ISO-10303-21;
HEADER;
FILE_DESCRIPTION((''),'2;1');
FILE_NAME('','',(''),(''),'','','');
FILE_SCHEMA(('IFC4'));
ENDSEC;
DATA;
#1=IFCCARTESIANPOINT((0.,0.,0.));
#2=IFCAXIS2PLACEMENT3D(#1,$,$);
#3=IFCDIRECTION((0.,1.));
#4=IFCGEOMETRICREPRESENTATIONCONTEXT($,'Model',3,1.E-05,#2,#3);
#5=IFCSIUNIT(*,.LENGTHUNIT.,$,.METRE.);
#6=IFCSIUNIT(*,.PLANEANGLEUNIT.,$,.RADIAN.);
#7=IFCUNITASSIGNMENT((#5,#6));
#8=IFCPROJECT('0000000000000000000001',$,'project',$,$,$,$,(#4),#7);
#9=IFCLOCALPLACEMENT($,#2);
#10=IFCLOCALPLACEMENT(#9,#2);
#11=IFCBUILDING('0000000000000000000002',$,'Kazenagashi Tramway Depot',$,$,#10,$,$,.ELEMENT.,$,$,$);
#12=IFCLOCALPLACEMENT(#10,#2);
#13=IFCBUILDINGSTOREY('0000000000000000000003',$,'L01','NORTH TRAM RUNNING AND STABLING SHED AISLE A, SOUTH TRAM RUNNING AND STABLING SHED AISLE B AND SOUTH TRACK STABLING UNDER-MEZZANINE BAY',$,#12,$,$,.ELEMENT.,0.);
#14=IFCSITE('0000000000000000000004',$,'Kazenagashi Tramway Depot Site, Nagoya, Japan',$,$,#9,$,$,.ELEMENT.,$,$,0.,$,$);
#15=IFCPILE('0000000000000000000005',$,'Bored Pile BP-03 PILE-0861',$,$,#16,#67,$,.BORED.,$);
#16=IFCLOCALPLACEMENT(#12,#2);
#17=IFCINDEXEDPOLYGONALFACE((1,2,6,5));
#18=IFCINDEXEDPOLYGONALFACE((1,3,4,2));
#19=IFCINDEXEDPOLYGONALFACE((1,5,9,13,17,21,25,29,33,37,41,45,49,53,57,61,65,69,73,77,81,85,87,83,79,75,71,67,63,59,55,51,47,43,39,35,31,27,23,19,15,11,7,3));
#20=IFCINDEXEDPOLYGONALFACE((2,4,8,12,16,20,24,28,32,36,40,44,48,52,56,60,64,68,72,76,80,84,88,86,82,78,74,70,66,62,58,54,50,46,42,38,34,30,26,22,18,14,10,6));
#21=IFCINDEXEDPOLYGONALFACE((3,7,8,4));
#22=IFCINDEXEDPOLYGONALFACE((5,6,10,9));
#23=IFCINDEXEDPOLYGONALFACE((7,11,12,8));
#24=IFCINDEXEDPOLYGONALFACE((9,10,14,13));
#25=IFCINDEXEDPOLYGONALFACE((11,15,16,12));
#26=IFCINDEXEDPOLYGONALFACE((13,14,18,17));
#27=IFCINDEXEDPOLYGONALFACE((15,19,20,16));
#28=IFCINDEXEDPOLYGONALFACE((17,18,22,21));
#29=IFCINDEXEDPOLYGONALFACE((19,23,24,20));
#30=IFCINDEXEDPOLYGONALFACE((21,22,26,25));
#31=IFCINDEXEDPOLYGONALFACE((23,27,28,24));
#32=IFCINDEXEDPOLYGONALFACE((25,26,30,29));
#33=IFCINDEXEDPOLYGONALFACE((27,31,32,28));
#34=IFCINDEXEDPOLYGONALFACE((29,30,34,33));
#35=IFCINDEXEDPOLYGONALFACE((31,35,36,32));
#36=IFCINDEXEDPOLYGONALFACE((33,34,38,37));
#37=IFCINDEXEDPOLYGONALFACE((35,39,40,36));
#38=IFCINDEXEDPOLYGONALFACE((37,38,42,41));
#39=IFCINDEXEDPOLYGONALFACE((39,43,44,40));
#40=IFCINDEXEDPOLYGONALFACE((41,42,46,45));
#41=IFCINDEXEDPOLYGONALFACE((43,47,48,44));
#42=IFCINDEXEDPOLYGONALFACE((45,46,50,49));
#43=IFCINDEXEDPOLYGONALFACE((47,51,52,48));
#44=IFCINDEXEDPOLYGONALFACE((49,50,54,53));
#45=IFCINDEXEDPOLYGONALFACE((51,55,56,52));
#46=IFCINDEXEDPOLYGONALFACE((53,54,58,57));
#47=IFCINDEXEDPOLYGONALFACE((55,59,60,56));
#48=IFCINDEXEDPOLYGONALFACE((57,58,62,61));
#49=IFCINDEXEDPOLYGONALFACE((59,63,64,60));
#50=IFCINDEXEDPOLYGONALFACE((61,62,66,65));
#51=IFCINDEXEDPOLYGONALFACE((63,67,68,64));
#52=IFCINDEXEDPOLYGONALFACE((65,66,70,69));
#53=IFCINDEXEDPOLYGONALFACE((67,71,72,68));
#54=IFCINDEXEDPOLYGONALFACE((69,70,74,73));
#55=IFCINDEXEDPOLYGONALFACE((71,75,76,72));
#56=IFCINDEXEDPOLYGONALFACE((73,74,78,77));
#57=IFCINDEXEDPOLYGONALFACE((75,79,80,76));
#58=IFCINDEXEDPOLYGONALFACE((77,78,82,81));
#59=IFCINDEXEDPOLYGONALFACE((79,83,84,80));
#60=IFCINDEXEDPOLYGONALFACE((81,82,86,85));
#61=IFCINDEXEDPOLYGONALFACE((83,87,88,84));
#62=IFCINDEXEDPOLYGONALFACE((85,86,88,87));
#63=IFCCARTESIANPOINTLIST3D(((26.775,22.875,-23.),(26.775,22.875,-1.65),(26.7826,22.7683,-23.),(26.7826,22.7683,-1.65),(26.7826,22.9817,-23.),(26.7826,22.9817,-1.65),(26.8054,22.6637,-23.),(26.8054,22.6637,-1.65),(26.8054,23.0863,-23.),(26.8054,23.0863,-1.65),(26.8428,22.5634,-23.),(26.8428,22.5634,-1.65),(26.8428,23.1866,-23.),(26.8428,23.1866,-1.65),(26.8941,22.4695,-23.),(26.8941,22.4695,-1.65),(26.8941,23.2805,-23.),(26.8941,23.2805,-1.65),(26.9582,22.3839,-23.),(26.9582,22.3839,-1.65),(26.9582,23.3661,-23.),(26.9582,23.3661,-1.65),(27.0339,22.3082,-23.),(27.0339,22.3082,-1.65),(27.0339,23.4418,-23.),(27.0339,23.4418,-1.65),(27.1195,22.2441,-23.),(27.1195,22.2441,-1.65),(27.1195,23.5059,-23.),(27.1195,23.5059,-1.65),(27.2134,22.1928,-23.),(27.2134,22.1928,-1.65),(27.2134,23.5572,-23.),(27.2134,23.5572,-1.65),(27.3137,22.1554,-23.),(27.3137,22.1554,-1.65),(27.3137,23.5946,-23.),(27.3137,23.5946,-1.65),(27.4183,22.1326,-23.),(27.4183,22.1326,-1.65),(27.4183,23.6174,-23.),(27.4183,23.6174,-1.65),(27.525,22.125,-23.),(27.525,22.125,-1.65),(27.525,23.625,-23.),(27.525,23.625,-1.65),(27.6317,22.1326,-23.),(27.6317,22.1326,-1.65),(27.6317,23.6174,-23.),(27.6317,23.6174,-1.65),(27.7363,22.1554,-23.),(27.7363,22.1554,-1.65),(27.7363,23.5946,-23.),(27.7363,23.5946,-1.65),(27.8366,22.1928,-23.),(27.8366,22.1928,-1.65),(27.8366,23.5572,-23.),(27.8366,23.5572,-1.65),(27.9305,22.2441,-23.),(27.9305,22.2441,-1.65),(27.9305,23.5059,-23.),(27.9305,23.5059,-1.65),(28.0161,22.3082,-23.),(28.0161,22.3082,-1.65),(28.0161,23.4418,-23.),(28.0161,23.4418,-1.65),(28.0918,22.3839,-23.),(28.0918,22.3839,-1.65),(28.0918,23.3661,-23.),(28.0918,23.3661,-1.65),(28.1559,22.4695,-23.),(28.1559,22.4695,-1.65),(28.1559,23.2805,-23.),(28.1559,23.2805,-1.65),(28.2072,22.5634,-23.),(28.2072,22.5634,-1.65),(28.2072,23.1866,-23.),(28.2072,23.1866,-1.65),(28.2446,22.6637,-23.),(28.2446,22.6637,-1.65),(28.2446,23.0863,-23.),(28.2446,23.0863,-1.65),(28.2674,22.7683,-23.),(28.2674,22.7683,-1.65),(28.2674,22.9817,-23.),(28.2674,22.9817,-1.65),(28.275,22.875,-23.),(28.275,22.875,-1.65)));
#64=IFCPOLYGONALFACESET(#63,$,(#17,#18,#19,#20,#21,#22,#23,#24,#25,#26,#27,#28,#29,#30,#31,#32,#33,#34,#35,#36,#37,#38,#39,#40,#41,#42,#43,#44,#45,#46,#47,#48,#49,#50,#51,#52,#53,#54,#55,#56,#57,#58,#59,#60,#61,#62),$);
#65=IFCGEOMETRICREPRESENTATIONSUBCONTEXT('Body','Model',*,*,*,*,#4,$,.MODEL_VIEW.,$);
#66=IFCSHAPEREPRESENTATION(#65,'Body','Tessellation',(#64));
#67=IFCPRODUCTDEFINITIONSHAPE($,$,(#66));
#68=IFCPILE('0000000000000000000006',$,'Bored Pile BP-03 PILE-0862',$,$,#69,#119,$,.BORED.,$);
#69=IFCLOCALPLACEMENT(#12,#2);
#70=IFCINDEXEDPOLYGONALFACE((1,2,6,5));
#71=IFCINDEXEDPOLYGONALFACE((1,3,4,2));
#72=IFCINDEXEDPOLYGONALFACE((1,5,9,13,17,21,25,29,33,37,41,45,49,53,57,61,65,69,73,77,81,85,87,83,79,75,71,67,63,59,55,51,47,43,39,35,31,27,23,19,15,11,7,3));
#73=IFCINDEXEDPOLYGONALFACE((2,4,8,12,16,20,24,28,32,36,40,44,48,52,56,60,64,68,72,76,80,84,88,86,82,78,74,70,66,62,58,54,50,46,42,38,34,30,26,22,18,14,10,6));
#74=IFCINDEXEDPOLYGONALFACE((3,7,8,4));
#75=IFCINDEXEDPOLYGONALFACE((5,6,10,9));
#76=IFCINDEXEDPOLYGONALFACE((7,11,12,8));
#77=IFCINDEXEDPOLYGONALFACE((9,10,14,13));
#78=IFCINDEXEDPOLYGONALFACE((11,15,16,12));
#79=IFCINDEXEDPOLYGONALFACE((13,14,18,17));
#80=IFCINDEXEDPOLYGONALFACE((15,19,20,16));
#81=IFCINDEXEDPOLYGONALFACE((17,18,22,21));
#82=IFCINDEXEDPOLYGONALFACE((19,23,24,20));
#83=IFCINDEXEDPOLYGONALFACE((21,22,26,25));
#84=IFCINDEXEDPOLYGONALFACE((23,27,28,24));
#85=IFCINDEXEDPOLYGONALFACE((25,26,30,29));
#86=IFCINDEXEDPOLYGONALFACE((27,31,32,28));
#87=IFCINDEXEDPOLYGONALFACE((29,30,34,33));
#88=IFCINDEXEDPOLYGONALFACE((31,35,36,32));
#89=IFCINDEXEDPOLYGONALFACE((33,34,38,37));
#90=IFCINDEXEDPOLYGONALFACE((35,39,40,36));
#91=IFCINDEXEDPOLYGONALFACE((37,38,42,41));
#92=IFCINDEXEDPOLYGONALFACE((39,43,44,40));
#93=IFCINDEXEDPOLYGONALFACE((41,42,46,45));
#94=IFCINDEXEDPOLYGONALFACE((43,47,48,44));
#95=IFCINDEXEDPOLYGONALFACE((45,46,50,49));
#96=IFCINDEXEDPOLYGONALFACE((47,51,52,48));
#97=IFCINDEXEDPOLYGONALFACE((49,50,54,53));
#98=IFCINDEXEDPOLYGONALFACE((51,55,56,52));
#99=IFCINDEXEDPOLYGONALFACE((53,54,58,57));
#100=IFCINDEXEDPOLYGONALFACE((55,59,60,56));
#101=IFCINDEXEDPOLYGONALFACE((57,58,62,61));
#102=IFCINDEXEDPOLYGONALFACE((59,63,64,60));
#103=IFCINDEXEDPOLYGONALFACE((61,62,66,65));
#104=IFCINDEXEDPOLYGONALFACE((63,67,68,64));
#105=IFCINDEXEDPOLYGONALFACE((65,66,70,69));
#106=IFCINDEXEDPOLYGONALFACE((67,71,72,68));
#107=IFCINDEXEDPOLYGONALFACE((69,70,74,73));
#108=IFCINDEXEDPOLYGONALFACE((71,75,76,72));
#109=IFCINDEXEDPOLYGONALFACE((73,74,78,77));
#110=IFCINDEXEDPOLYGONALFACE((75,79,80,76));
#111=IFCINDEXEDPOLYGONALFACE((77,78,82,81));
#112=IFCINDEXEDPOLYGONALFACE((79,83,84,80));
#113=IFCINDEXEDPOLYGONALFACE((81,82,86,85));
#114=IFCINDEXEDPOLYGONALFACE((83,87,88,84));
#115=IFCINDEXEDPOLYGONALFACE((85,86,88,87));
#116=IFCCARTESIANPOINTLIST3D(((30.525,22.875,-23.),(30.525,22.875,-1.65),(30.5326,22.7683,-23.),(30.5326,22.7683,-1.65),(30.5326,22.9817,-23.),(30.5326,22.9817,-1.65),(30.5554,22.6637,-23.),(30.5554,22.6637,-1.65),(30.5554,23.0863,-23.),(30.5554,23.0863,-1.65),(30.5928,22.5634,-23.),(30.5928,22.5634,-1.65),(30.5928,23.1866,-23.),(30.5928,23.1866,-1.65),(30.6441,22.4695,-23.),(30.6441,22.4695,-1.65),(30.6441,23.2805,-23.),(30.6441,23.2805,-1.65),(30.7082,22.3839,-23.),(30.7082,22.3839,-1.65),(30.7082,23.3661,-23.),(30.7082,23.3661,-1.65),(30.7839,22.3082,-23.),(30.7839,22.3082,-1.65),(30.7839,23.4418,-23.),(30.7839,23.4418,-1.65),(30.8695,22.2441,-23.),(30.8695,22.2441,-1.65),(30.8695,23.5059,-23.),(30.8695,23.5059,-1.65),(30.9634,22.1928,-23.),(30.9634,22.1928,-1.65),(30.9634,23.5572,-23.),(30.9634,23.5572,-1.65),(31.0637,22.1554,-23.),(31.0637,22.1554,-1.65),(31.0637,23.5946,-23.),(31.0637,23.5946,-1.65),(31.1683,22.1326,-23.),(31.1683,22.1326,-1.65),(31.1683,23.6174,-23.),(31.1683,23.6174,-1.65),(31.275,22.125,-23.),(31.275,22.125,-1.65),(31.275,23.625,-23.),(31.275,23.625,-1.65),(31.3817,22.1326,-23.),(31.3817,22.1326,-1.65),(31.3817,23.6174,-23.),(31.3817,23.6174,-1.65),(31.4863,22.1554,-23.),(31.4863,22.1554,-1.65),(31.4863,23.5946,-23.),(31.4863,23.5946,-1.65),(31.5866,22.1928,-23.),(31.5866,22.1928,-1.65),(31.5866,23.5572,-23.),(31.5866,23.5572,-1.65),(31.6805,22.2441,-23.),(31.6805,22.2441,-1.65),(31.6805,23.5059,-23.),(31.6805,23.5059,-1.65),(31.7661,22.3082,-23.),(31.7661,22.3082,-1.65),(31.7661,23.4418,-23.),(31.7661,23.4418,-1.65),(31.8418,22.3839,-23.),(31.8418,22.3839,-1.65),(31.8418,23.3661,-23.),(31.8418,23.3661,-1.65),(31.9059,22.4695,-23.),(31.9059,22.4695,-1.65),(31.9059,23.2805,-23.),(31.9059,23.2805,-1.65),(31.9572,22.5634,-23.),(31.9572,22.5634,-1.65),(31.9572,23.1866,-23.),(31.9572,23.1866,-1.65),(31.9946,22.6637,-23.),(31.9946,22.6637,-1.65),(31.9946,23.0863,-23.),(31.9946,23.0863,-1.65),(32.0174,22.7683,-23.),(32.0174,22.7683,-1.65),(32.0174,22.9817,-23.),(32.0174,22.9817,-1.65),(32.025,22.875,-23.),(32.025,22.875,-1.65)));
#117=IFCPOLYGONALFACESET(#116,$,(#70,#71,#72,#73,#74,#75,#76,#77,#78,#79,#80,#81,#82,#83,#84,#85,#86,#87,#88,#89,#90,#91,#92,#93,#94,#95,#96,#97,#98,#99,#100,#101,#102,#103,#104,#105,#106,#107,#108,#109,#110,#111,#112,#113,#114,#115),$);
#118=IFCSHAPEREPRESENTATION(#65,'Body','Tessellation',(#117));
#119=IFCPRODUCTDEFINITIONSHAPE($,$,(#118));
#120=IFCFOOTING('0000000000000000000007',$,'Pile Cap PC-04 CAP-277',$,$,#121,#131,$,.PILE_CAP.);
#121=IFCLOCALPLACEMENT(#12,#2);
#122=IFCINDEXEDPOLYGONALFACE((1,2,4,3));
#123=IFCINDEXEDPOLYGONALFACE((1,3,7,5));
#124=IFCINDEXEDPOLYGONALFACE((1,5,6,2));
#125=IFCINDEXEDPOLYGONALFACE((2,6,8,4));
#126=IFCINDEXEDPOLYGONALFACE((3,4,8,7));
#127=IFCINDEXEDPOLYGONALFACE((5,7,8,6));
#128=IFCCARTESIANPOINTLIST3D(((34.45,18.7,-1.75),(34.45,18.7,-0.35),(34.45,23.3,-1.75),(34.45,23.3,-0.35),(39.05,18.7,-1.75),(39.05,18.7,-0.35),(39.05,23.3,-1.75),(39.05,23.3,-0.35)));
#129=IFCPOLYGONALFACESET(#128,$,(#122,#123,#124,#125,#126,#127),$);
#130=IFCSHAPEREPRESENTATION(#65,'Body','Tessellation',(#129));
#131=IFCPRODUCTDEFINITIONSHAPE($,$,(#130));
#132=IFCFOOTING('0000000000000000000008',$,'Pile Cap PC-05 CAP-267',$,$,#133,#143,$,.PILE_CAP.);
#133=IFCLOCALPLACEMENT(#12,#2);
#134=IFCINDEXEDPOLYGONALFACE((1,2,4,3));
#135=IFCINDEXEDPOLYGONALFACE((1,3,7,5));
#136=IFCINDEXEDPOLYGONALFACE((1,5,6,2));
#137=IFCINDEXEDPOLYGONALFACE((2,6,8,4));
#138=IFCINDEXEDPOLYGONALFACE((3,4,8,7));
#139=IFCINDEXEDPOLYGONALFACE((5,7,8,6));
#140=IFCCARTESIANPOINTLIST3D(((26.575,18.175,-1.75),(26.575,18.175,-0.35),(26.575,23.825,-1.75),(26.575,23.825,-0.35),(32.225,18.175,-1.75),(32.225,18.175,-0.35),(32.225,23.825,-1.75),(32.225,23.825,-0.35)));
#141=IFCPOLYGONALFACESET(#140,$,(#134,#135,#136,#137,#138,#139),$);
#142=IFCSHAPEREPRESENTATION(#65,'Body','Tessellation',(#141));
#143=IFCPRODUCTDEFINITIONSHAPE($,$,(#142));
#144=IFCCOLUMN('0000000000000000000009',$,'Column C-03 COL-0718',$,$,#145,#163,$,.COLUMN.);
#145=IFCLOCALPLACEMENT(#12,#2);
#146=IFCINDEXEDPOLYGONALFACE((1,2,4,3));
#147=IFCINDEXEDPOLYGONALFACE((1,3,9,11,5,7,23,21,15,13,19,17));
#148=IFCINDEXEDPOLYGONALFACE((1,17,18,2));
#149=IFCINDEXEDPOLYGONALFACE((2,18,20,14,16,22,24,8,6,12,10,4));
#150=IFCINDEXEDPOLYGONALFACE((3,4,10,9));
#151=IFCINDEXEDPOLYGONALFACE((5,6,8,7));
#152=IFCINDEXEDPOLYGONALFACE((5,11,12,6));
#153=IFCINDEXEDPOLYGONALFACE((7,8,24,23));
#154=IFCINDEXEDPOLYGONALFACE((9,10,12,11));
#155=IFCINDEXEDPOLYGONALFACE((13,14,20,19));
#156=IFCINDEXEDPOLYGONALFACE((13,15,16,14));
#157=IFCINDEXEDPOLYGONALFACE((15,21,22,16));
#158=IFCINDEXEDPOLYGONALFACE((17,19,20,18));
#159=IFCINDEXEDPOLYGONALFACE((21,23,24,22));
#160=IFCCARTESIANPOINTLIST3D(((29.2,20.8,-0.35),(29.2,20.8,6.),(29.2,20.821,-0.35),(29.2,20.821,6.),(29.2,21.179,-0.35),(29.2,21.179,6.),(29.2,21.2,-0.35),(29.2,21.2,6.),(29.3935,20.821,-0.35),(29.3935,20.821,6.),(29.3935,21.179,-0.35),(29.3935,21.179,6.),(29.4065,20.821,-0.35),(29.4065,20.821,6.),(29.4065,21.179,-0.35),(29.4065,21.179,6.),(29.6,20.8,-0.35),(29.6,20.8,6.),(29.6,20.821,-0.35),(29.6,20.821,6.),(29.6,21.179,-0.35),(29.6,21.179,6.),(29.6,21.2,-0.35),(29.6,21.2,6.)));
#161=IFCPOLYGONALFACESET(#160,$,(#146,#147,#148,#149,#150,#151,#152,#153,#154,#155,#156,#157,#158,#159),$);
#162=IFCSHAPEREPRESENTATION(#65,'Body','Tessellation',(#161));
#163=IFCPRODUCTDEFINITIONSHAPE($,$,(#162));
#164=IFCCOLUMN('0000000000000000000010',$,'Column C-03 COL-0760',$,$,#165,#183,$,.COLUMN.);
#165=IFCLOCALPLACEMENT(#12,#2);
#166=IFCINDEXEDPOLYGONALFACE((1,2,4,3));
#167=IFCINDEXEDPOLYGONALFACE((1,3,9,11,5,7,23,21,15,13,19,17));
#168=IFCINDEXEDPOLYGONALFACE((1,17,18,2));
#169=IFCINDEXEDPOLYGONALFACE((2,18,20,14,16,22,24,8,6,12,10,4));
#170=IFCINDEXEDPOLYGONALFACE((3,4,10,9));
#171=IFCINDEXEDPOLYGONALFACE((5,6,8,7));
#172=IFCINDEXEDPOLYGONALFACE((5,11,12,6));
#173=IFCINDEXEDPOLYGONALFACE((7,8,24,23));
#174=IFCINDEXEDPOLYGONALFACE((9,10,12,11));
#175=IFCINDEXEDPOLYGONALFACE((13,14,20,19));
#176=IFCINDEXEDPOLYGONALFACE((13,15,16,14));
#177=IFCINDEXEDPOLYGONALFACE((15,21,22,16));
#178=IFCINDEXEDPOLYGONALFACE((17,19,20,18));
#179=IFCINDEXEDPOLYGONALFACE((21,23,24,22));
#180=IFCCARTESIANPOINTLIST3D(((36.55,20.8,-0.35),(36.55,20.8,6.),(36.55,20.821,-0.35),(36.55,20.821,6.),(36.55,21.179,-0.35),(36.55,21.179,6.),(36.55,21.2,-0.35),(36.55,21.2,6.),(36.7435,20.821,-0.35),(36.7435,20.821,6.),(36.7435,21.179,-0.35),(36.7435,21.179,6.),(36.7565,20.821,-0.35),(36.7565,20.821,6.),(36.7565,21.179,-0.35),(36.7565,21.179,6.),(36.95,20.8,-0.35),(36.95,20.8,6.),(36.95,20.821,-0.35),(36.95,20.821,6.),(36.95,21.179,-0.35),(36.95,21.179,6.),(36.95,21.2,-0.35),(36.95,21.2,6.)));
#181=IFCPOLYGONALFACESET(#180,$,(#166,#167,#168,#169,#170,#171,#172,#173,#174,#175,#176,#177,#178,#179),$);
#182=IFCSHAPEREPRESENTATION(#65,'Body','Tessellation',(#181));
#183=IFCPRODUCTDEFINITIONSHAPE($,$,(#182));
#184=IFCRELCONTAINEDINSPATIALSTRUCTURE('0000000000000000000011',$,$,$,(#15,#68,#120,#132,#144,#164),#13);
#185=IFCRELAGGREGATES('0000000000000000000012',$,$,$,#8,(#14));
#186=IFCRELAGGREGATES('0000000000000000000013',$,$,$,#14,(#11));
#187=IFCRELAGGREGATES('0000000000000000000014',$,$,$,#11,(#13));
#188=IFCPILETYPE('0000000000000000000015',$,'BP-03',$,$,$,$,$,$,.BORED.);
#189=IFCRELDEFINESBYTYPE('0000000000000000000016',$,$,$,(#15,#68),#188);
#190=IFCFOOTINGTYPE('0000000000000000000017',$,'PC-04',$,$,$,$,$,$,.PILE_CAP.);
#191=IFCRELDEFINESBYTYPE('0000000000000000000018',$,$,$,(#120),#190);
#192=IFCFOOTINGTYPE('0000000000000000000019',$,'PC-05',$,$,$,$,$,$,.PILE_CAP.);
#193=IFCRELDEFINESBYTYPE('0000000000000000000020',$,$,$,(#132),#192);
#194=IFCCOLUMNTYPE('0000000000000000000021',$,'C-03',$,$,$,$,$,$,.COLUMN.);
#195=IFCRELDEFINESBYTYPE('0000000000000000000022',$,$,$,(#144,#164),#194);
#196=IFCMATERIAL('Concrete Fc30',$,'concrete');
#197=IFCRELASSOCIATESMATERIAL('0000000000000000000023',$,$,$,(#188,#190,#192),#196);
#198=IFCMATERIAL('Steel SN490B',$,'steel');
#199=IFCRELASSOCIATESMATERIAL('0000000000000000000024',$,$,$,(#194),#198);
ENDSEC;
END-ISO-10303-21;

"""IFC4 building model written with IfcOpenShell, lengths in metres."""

from ifc_helpers import new_model, si_unit, direction, frame, origin, origin_2d, place, context, subcontext, project, spatial, rectangle, circle, i_section, extrude, material, material_profile, profile_set, type_object, element, save


model = new_model("IFC4")

# Units and contexts
model_context = context("Model", 3, precision=1e-05, world=origin(), true_north=direction((0.0, 1.0)))
body_context = subcontext(model_context, "Body", "Model", "MODEL_VIEW")
ifc_project = project(units=[si_unit("LENGTHUNIT", "METRE"), si_unit("PLANEANGLEUNIT", "RADIAN")], contexts=[model_context])

# Site, building, storey
site_placement = place(None, origin())
site = spatial("IfcSite", under=ifc_project, at=site_placement, Name="Kazenagashi Tramway Depot Site, Nagoya, Japan", CompositionType="ELEMENT", RefElevation=0.0)
building_placement = place(site_placement, origin())
building = spatial("IfcBuilding", under=site, at=building_placement, Name="Kazenagashi Tramway Depot", CompositionType="ELEMENT")
storey_placement = place(building_placement, origin())
storey = spatial("IfcBuildingStorey", under=building, at=storey_placement, Name="L01", Description="NORTH TRAM RUNNING AND STABLING SHED AISLE A, SOUTH TRAM RUNNING AND STABLING SHED AISLE B AND SOUTH TRACK STABLING UNDER-MEZZANINE BAY", CompositionType="ELEMENT", Elevation=0.0)

# Piles
ifc_material_1 = material(Name="Concrete Fc30", Category="concrete")
ifc_material_profile_1 = material_profile(ifc_material_1, circle(Radius=0.75, at=origin_2d()), Name="PILE-1500")
ifc_profile_set_1 = profile_set([ifc_material_profile_1], Name="Concrete Fc30")
pile_type_1 = type_object("IfcPileType", Name="BP-03", PredefinedType="BORED", material=ifc_profile_set_1)
for number, where, z_axis, x_axis, name in (
    (1, (27.525, 22.875, -1.65), (0.0, 0.0, -1.0), (1.0, 0.0, 0.0), "Bored Pile BP-03 PILE-0861"),
    (2, (31.275, 22.875, -1.65), (0.0, 0.0, -1.0), (1.0, 0.0, 0.0), "Bored Pile BP-03 PILE-0862"),
):
    element("IfcPile", number, at=place(storey_placement, frame(where, z_axis=z_axis, x_axis=x_axis)), inside=storey, type_object=pile_type_1, Name=name, PredefinedType="BORED", context=body_context, shape_type="SweptSolid", body=[
        extrude(circle(Radius=0.75, at=origin_2d()), origin(), (0.0, 0.0, 1.0), 21.35),
    ])

# Footings
footing_type_1 = type_object("IfcFootingType", Name="PC-04", PredefinedType="PILE_CAP", material=ifc_material_1)
footing_1_placement = place(storey_placement, frame((36.75, 21.0, -1.75), z_axis=(0.0, 0.0, 1.0), x_axis=(1.0, 0.0, 0.0)))
element("IfcFooting", 3, at=footing_1_placement, inside=storey, type_object=footing_type_1, Name="Pile Cap PC-04 CAP-277", PredefinedType="PILE_CAP", context=body_context, shape_type="SweptSolid", body=[
    extrude(rectangle(XDim=4.6, YDim=4.6, at=origin_2d()), origin(), (0.0, 0.0, 1.0), 1.4),
])
footing_type_2 = type_object("IfcFootingType", Name="PC-05", PredefinedType="PILE_CAP", material=ifc_material_1)
footing_2_placement = place(storey_placement, frame((29.4, 21.0, -1.75), z_axis=(0.0, 0.0, 1.0), x_axis=(1.0, 0.0, 0.0)))
element("IfcFooting", 4, at=footing_2_placement, inside=storey, type_object=footing_type_2, Name="Pile Cap PC-05 CAP-267", PredefinedType="PILE_CAP", context=body_context, shape_type="SweptSolid", body=[
    extrude(rectangle(XDim=5.65, YDim=5.65, at=origin_2d()), origin(), (0.0, 0.0, 1.0), 1.4),
])

# Columns
ifc_material_2 = material(Name="Steel SN490B", Category="steel")
ifc_material_profile_2 = material_profile(ifc_material_2, i_section(OverallWidth=0.4, OverallDepth=0.4, WebThickness=0.013, FlangeThickness=0.021, at=origin_2d()), Name="H-400x400x13x21")
ifc_profile_set_2 = profile_set([ifc_material_profile_2], Name="Steel SN490B")
column_type = type_object("IfcColumnType", Name="C-03", PredefinedType="COLUMN", material=ifc_profile_set_2)
for number, where, z_axis, x_axis, name in (
    (5, (29.4, 21.0, -0.35), (0.0, 0.0, 1.0), (1.0, 0.0, 0.0), "Column C-03 COL-0718"),
    (6, (36.75, 21.0, -0.35), (0.0, 0.0, 1.0), (1.0, 0.0, 0.0), "Column C-03 COL-0760"),
):
    element("IfcColumn", number, at=place(storey_placement, frame(where, z_axis=z_axis, x_axis=x_axis)), inside=storey, type_object=column_type, Name=name, PredefinedType="COLUMN", context=body_context, shape_type="SweptSolid", body=[
        extrude(i_section(OverallWidth=0.4, OverallDepth=0.4, WebThickness=0.013, FlangeThickness=0.021, at=origin_2d()), origin(), (0.0, 0.0, 1.0), 6.35),
    ])

save(model, "model.ifc")
